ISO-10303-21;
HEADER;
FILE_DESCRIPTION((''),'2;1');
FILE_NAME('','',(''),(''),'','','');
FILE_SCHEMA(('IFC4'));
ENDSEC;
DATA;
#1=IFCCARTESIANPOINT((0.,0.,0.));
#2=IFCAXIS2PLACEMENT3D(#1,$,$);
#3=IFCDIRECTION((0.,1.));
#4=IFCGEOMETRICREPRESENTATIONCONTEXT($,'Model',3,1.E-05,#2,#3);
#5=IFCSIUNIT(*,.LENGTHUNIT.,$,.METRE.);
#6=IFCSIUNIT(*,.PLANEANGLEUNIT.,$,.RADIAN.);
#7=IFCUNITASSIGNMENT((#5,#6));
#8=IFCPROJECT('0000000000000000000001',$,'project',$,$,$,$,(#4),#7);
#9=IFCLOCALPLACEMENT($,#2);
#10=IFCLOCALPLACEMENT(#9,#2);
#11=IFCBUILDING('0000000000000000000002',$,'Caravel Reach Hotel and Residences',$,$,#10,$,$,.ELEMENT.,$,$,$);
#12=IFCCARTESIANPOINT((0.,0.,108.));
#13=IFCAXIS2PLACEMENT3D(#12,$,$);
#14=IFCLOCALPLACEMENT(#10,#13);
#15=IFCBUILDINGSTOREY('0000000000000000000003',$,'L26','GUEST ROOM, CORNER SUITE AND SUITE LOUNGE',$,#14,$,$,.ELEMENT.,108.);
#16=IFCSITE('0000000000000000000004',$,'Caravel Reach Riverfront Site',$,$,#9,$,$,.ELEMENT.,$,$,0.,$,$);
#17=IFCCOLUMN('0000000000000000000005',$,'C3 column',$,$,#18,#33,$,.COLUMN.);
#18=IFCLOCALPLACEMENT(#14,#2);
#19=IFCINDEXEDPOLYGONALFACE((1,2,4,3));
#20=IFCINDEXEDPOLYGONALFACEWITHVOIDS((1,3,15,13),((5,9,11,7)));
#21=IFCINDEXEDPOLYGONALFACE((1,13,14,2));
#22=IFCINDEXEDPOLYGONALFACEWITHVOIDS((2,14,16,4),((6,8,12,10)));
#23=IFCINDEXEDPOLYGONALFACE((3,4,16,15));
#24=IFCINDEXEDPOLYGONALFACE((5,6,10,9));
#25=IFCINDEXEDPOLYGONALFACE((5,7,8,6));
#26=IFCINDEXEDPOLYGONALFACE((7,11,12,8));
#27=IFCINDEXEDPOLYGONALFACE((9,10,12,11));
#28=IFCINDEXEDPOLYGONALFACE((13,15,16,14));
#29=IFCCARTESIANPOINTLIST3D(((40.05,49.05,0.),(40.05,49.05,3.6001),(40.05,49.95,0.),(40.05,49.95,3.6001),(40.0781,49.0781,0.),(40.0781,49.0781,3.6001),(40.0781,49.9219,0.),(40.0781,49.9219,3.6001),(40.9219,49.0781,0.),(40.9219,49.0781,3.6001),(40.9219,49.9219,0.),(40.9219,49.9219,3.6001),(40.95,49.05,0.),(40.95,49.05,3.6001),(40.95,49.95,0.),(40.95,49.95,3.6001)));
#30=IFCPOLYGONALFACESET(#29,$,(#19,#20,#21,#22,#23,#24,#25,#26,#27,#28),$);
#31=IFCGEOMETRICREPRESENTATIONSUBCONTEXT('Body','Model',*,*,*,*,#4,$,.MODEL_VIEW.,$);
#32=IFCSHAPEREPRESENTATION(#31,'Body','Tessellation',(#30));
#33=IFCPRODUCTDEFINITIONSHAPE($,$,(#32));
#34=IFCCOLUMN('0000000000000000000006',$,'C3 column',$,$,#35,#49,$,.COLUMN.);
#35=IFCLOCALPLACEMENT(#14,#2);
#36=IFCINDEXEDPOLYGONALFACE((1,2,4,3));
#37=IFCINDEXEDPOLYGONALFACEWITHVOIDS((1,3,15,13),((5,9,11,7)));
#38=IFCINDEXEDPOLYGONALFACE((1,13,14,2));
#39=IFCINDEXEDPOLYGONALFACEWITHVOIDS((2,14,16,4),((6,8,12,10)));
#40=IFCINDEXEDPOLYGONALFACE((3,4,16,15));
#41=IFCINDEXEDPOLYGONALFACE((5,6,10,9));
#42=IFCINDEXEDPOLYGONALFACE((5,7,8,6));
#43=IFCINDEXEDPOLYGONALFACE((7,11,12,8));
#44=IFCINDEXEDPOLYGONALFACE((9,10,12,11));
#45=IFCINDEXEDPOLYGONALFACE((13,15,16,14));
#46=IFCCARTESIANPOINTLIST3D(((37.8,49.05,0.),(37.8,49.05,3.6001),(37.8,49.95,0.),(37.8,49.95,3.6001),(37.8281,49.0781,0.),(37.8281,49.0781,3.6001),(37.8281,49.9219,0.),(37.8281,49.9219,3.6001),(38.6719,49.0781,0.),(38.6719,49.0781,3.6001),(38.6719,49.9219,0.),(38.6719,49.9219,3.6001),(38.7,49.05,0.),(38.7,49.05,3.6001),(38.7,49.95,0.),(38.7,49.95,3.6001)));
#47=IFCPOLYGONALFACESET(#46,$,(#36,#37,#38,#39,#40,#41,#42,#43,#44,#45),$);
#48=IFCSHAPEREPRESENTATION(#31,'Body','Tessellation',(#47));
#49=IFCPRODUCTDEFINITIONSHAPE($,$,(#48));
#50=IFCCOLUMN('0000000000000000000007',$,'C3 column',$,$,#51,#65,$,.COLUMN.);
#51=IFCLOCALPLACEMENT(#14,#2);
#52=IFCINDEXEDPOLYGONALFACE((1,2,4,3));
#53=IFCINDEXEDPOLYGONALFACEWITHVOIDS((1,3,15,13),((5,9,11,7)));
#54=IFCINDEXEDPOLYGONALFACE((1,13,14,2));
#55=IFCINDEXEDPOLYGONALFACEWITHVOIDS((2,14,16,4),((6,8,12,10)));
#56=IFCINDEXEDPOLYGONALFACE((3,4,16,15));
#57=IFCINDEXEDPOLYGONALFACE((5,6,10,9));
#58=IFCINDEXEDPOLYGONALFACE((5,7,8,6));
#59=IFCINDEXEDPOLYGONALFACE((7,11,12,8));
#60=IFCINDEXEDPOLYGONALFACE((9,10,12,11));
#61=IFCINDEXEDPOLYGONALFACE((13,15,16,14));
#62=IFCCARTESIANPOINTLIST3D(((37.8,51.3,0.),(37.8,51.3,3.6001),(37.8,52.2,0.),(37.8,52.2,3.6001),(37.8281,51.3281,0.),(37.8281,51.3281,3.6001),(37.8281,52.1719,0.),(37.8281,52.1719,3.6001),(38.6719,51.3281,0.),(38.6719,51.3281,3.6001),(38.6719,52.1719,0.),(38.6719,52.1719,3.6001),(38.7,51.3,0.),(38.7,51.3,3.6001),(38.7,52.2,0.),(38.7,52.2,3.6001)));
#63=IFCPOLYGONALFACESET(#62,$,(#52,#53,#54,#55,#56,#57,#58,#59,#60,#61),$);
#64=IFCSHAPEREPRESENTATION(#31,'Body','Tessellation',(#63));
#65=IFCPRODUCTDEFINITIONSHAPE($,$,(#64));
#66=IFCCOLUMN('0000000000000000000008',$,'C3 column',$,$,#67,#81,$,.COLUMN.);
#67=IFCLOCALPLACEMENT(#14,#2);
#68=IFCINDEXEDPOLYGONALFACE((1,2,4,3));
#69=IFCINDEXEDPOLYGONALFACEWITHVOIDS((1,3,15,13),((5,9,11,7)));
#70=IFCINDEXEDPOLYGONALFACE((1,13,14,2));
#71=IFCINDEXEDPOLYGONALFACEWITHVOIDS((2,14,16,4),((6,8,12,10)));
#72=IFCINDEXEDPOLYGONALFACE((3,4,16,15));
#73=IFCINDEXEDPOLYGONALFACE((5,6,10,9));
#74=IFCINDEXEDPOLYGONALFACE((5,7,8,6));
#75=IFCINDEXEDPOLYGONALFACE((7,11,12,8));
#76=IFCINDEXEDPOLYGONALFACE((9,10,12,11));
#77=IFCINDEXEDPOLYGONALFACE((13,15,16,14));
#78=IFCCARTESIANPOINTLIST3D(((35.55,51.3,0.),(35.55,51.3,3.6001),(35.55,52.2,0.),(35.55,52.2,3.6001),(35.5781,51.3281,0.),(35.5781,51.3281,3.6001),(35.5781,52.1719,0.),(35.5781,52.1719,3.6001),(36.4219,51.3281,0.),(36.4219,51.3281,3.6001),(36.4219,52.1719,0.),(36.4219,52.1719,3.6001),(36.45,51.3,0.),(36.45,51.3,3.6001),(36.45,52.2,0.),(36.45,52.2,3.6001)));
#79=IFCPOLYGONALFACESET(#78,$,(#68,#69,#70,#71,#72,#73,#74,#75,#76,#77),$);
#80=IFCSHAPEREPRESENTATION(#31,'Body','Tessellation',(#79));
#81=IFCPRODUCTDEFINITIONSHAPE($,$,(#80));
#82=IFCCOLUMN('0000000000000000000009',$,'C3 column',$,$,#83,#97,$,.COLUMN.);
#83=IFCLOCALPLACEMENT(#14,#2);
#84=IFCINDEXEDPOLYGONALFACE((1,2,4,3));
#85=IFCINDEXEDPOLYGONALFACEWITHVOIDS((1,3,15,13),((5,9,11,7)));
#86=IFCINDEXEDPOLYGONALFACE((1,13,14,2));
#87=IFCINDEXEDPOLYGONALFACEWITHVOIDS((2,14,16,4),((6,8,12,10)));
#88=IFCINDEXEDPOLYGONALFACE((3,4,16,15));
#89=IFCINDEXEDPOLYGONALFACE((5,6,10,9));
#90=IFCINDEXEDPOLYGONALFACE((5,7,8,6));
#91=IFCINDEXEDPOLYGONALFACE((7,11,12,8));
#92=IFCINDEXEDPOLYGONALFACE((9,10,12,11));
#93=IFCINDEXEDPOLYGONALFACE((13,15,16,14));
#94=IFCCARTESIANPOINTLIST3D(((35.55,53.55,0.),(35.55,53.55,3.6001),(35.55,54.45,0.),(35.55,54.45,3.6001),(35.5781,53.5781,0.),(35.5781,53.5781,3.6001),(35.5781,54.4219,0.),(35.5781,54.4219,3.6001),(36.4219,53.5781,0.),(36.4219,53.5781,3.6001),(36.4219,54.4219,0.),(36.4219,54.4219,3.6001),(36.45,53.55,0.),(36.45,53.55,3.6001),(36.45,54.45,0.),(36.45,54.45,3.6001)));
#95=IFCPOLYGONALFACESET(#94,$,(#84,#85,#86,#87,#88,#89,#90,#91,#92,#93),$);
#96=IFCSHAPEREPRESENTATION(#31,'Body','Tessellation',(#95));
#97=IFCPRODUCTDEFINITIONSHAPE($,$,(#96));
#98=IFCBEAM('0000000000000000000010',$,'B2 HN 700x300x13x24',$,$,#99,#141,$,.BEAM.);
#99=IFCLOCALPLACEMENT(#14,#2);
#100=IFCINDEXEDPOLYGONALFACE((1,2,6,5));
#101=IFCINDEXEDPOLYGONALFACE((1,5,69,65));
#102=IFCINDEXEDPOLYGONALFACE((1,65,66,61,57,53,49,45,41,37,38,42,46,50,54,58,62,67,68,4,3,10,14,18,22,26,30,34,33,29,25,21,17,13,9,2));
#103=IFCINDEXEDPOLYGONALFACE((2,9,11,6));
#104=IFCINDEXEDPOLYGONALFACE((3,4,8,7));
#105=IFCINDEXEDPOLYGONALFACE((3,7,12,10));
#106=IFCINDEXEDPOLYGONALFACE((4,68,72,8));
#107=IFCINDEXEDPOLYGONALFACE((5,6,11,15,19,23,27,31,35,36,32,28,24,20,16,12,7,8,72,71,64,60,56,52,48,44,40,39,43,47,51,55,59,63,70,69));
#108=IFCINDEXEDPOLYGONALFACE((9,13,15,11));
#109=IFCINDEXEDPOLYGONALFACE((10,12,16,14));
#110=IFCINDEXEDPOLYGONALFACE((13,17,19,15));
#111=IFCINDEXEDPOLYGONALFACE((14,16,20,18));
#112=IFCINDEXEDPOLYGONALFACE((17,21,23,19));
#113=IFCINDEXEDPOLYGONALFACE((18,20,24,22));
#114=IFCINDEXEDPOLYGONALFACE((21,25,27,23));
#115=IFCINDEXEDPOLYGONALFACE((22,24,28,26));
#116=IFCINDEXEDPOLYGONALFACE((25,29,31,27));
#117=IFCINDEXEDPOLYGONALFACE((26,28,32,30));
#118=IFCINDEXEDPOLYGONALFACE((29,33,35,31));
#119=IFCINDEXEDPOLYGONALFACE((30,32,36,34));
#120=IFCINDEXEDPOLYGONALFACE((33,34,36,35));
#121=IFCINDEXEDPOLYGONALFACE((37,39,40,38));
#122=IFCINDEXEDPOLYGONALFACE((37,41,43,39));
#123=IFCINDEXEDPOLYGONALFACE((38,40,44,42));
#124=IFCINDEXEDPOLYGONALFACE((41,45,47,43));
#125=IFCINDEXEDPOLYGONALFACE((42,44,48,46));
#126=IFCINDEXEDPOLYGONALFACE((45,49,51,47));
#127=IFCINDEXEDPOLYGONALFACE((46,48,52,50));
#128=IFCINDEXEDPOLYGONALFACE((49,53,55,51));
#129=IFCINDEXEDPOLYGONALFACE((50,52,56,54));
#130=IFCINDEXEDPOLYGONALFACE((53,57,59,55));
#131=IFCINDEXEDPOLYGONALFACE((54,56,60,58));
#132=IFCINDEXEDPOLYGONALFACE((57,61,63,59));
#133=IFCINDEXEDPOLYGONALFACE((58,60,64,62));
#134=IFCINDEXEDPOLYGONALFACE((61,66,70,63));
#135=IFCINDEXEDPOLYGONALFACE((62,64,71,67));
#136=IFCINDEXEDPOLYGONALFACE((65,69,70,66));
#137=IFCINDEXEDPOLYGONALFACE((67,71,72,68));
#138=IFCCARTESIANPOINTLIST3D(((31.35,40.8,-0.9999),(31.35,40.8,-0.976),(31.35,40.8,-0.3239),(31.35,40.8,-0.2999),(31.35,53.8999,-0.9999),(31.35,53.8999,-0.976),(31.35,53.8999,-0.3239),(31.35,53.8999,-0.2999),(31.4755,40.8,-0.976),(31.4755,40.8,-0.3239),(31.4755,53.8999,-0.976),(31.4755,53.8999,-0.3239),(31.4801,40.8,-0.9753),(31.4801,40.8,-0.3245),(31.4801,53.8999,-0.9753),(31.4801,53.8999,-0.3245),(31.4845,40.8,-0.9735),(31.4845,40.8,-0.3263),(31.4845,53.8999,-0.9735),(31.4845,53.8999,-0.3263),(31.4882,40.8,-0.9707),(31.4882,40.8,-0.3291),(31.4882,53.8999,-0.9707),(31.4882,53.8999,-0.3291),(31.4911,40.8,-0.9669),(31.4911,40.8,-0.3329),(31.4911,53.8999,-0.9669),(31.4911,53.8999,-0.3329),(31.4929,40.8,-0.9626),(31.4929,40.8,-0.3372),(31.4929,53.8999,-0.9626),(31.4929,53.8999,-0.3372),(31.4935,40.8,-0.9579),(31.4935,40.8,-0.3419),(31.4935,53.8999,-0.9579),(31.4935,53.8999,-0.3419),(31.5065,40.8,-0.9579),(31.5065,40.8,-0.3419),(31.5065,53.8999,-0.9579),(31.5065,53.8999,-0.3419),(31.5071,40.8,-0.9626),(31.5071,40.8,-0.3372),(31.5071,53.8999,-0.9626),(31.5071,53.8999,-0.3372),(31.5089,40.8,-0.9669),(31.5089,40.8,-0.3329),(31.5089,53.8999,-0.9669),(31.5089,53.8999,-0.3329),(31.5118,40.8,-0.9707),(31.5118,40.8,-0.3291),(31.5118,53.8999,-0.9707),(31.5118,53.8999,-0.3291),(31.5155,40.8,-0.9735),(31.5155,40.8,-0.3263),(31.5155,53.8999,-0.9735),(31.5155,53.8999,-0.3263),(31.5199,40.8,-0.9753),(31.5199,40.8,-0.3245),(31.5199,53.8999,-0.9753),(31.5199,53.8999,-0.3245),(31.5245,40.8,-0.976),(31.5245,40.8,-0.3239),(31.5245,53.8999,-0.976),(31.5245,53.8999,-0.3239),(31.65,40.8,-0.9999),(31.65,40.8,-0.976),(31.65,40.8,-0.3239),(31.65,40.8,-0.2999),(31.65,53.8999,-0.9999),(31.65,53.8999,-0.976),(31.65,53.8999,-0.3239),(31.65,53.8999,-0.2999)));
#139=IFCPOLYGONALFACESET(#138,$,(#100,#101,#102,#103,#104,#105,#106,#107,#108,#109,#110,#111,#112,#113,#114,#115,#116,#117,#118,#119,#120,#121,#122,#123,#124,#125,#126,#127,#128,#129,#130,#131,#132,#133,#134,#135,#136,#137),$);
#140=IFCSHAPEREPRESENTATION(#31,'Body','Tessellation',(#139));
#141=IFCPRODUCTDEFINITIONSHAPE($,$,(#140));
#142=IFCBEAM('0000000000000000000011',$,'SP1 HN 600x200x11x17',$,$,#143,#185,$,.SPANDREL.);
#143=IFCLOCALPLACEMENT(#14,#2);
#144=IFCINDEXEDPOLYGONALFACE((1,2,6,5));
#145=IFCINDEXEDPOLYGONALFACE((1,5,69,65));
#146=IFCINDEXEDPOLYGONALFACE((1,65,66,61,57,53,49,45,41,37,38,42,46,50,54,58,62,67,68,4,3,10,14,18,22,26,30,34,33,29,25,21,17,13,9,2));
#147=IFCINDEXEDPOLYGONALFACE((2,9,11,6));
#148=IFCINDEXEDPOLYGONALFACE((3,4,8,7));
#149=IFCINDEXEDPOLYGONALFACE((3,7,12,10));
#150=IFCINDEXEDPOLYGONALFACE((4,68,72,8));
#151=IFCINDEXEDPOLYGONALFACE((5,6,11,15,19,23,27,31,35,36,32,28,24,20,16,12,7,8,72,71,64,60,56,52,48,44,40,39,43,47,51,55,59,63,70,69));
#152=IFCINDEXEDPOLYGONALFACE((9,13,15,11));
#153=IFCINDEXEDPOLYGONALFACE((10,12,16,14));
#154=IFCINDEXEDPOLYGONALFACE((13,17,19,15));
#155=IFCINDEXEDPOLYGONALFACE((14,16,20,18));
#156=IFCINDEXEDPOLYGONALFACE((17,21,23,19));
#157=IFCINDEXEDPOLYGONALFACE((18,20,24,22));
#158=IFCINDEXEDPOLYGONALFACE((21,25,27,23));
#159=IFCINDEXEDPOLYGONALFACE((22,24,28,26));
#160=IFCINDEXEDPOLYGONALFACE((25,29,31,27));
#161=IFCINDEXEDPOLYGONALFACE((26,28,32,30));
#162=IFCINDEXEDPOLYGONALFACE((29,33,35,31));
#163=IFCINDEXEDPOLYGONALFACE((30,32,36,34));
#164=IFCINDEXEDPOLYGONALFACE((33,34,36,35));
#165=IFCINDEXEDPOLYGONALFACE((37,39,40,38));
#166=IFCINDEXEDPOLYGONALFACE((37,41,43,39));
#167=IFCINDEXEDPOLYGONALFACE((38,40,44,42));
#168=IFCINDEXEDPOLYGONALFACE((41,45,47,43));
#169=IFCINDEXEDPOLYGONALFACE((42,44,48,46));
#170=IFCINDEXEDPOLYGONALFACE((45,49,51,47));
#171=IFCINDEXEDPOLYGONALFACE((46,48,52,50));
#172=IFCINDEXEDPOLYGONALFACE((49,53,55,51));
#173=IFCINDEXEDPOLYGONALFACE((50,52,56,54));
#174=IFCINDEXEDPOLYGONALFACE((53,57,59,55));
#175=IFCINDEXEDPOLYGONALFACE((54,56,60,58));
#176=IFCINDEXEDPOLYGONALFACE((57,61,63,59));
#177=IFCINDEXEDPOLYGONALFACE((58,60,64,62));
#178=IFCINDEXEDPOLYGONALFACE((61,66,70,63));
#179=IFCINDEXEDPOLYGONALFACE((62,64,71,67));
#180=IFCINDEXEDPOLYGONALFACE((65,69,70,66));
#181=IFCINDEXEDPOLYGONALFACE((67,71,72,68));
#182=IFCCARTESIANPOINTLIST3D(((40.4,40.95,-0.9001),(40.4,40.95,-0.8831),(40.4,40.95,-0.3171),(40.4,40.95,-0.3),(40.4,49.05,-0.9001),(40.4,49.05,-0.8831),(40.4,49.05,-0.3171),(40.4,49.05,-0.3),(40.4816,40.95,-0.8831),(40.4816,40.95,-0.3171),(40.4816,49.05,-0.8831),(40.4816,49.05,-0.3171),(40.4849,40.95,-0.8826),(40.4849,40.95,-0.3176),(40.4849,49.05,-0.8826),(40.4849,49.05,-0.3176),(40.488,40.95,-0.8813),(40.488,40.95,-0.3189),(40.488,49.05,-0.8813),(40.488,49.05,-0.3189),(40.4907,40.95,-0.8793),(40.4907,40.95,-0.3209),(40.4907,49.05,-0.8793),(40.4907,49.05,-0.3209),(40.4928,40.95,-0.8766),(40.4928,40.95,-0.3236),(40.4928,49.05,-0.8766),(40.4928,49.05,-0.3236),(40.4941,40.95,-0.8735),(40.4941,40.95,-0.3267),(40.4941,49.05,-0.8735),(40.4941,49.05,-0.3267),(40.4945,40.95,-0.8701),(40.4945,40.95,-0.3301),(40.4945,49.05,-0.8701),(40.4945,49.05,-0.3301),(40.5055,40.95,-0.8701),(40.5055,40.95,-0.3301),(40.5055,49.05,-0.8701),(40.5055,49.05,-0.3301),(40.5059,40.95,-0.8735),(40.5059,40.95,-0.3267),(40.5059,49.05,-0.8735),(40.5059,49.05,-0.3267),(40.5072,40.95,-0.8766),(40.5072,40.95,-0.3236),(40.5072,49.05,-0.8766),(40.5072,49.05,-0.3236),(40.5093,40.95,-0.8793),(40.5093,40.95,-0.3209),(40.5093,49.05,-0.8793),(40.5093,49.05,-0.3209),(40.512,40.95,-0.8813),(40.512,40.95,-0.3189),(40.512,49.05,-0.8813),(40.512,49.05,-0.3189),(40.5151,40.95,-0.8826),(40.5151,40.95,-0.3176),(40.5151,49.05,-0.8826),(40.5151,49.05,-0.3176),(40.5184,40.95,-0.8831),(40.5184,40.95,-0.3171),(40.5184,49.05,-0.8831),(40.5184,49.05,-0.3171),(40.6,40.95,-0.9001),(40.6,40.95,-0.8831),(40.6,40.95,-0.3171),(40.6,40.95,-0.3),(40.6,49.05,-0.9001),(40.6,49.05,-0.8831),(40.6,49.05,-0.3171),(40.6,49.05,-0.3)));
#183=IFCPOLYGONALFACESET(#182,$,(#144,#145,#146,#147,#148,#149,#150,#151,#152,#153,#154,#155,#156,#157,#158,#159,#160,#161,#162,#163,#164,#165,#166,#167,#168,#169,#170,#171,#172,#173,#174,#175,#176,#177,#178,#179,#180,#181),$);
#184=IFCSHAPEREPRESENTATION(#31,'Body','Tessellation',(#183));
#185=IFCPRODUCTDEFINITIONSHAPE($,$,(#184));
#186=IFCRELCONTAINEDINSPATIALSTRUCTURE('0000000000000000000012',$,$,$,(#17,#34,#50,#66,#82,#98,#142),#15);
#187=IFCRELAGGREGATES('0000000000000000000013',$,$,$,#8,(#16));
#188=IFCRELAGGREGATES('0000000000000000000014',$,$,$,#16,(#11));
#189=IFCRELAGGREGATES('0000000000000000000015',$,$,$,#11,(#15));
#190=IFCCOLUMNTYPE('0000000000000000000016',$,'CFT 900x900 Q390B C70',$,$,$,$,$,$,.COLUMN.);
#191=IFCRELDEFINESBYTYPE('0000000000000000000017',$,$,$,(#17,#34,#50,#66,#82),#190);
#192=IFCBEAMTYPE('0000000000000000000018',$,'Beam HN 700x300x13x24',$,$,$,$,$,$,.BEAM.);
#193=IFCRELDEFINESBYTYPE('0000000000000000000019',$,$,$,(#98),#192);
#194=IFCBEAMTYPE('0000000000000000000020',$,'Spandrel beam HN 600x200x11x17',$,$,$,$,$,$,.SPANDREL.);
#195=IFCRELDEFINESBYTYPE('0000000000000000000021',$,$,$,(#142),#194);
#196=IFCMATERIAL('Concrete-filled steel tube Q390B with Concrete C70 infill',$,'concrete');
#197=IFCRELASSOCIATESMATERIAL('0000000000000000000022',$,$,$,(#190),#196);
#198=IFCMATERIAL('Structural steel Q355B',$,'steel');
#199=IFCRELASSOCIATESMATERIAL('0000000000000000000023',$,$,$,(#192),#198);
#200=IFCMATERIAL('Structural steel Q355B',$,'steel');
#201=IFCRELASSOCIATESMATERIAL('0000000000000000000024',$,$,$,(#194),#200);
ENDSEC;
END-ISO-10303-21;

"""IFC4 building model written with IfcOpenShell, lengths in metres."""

from ifc_helpers import new_model, si_unit, direction, frame, origin, origin_2d, place, context, subcontext, project, spatial, hollow_rectangle, i_section, extrude, material, material_profile, profile_set, type_object, element, save


model = new_model("IFC4")

# Units and contexts
model_context = context("Model", 3, precision=1e-05, world=origin(), true_north=direction((0.0, 1.0)))
body_context = subcontext(model_context, "Body", "Model", "MODEL_VIEW")
ifc_project = project(units=[si_unit("LENGTHUNIT", "METRE"), si_unit("PLANEANGLEUNIT", "RADIAN")], contexts=[model_context])

# Site, building, storey
site_placement = place(None, origin())
site = spatial("IfcSite", under=ifc_project, at=site_placement, Name="Caravel Reach Riverfront Site", CompositionType="ELEMENT", RefElevation=0.0)
building_placement = place(site_placement, origin())
building = spatial("IfcBuilding", under=site, at=building_placement, Name="Caravel Reach Hotel and Residences", CompositionType="ELEMENT")
storey_placement = place(building_placement, frame((0.0, 0.0, 108.0)))
storey = spatial("IfcBuildingStorey", under=building, at=storey_placement, Name="L26", Description="GUEST ROOM, CORNER SUITE AND SUITE LOUNGE", CompositionType="ELEMENT", Elevation=108.0)

# Columns
ifc_material_1 = material(Name="Concrete-filled steel tube Q390B with Concrete C70 infill", Category="concrete")
ifc_material_profile_1 = material_profile(ifc_material_1, hollow_rectangle(XDim=0.8999, YDim=0.8999, WallThickness=0.0281, at=origin_2d()), Name="RHS 900x900x28")
ifc_profile_set_1 = profile_set([ifc_material_profile_1], Name="Concrete-filled steel tube Q390B with Concrete C70 infill")
column_type = type_object("IfcColumnType", Name="CFT 900x900 Q390B C70", PredefinedType="COLUMN", material=ifc_profile_set_1)
for number, where, z_axis, x_axis, name in (
    (1, (40.5, 49.5, 0.0), (0.0, 0.0, 1.0), (1.0, 0.0, 0.0), "C3 column"),
    (2, (38.25, 49.5, 0.0), (0.0, 0.0, 1.0), (1.0, 0.0, 0.0), "C3 column"),
    (3, (38.25, 51.75, 0.0), (0.0, 0.0, 1.0), (1.0, 0.0, 0.0), "C3 column"),
    (4, (36.0, 51.75, 0.0), (0.0, 0.0, 1.0), (1.0, 0.0, 0.0), "C3 column"),
    (5, (36.0, 54.0, 0.0), (0.0, 0.0, 1.0), (1.0, 0.0, 0.0), "C3 column"),
):
    element("IfcColumn", number, at=place(storey_placement, frame(where, z_axis=z_axis, x_axis=x_axis)), inside=storey, type_object=column_type, Name=name, PredefinedType="COLUMN", context=body_context, shape_type="SweptSolid", body=[
        extrude(hollow_rectangle(XDim=0.8999, YDim=0.8999, WallThickness=0.0281, at=origin_2d()), origin(), (0.0, 0.0, 1.0), 3.6001),
    ])

# Beams
ifc_material_2 = material(Name="Structural steel Q355B", Category="steel")
ifc_material_profile_2 = material_profile(ifc_material_2, i_section(OverallWidth=0.3, OverallDepth=0.7, WebThickness=0.0129, FlangeThickness=0.0239, FilletRadius=0.0181, at=origin_2d()), Name="HN 700x300x13x24")
ifc_profile_set_2 = profile_set([ifc_material_profile_2], Name="Structural steel Q355B")
beam_type_1 = type_object("IfcBeamType", Name="Beam HN 700x300x13x24", PredefinedType="BEAM", material=ifc_profile_set_2)
beam_1_placement = place(storey_placement, frame((31.5, 40.8, -0.6499), z_axis=(0.0, 1.0, 0.0), x_axis=(-1.0, 0.0, 0.0)))
element("IfcBeam", 6, at=beam_1_placement, inside=storey, type_object=beam_type_1, Name="B2 HN 700x300x13x24", PredefinedType="BEAM", context=body_context, shape_type="SweptSolid", body=[
    extrude(i_section(OverallWidth=0.3, OverallDepth=0.7, WebThickness=0.0129, FlangeThickness=0.0239, FilletRadius=0.0181, at=origin_2d()), origin(), (0.0, 0.0, 1.0), 13.0999),
])
ifc_material_3 = material(Name="Structural steel Q355B", Category="steel")
ifc_material_profile_3 = material_profile(ifc_material_3, i_section(OverallWidth=0.2, OverallDepth=0.6001, WebThickness=0.011, FlangeThickness=0.0171, FilletRadius=0.0129, at=origin_2d()), Name="HN 600x200x11x17")
ifc_profile_set_3 = profile_set([ifc_material_profile_3], Name="Structural steel Q355B")
beam_type_2 = type_object("IfcBeamType", Name="Spandrel beam HN 600x200x11x17", PredefinedType="SPANDREL", material=ifc_profile_set_3)
beam_2_placement = place(storey_placement, frame((40.5, 40.95, -0.6001), z_axis=(0.0, 1.0, 0.0), x_axis=(-1.0, 0.0, 0.0)))
element("IfcBeam", 7, at=beam_2_placement, inside=storey, type_object=beam_type_2, Name="SP1 HN 600x200x11x17", PredefinedType="SPANDREL", context=body_context, shape_type="SweptSolid", body=[
    extrude(i_section(OverallWidth=0.2, OverallDepth=0.6001, WebThickness=0.011, FlangeThickness=0.0171, FilletRadius=0.0129, at=origin_2d()), origin(), (0.0, 0.0, 1.0), 8.1001),
])

save(model, "model.ifc")
